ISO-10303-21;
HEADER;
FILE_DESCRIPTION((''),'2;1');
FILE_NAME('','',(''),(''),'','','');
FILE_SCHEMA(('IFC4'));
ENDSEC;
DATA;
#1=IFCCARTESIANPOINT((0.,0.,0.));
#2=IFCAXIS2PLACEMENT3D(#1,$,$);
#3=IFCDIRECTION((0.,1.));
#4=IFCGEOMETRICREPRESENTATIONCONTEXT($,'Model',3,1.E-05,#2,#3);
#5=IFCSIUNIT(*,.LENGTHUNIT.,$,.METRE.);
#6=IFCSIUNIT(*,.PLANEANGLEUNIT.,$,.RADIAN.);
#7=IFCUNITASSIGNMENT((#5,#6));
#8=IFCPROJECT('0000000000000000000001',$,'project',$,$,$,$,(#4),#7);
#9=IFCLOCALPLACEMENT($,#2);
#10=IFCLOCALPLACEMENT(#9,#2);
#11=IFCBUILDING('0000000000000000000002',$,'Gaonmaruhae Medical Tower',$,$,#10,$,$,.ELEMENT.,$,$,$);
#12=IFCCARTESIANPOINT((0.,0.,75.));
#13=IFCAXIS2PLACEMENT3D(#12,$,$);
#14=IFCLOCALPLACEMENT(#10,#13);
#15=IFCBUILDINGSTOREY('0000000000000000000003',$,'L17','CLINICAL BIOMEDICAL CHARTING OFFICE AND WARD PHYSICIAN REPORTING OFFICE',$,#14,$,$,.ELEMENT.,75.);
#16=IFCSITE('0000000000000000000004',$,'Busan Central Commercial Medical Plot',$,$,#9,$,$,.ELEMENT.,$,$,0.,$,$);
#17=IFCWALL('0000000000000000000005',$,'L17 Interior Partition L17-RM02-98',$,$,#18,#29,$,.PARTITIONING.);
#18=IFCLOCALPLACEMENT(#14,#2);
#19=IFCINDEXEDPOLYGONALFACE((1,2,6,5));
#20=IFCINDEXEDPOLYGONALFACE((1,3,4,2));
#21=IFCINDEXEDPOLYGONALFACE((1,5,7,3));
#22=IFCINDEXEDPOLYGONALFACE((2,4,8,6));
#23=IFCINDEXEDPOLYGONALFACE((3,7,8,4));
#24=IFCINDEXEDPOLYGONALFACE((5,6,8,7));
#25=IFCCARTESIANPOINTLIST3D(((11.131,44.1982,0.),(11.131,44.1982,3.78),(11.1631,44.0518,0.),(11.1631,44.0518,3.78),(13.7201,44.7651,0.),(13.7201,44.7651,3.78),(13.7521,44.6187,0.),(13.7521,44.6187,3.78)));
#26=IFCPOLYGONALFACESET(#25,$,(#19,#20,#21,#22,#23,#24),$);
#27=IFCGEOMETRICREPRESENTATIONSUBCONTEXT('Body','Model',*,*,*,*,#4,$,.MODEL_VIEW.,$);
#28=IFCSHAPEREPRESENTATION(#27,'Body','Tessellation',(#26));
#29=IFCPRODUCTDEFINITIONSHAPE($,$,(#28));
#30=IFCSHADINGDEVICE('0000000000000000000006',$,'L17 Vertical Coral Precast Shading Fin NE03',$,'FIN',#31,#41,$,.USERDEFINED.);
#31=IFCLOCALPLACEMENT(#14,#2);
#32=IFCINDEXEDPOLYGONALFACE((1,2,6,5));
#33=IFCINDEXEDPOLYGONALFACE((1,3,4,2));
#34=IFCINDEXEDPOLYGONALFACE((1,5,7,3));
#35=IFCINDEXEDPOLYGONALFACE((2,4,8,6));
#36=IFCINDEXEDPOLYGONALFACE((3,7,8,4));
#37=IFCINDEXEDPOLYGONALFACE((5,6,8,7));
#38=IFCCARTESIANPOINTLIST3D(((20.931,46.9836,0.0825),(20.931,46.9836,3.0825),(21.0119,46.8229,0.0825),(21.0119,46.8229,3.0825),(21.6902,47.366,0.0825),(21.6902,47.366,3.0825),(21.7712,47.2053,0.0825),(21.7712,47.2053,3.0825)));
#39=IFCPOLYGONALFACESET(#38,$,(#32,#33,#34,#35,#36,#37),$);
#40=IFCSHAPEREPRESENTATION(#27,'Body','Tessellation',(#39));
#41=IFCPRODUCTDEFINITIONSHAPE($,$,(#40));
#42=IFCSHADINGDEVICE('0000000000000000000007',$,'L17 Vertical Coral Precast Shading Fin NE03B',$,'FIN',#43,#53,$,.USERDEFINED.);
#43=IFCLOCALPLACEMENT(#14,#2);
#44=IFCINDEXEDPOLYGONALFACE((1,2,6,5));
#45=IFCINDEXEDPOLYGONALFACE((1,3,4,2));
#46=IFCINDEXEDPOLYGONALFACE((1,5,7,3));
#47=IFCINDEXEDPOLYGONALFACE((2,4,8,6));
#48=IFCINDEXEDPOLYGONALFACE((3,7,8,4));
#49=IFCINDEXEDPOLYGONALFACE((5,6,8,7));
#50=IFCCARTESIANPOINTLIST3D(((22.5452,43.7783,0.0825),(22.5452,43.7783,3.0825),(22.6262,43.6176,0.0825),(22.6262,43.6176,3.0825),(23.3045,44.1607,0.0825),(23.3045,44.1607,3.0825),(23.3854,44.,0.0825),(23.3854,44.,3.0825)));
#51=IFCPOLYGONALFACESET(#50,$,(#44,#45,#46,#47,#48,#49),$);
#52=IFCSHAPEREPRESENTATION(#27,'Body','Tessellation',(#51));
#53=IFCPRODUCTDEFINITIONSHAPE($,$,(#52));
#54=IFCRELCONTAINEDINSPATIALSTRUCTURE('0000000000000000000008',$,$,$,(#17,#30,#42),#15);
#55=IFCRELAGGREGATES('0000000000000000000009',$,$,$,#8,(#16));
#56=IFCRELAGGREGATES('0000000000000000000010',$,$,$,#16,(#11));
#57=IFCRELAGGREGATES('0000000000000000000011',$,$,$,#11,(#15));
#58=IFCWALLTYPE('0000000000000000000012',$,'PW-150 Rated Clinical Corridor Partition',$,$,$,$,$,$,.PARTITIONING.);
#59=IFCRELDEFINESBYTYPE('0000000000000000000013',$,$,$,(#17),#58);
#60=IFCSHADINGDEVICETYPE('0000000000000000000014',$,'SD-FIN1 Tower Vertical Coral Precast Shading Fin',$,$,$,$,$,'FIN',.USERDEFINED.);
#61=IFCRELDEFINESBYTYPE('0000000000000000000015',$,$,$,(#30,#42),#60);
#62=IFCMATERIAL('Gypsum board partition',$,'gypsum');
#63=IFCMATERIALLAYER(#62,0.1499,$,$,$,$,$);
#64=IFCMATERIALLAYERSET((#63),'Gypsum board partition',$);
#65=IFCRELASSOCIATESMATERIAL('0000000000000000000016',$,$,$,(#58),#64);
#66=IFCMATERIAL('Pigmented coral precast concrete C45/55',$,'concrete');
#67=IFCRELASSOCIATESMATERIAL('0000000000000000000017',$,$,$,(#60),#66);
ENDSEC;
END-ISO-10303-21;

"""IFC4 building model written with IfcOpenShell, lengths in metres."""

from ifc_helpers import new_model, si_unit, direction, frame, frame_2d, origin, origin_2d, place, context, subcontext, project, spatial, rectangle, extrude, material, layer, layer_set, type_object, element, save


model = new_model("IFC4")

# Units and contexts
model_context = context("Model", 3, precision=1e-05, world=origin(), true_north=direction((0.0, 1.0)))
body_context = subcontext(model_context, "Body", "Model", "MODEL_VIEW")
ifc_project = project(units=[si_unit("LENGTHUNIT", "METRE"), si_unit("PLANEANGLEUNIT", "RADIAN")], contexts=[model_context])

# Site, building, storey
site_placement = place(None, origin())
site = spatial("IfcSite", under=ifc_project, at=site_placement, Name="Busan Central Commercial Medical Plot", CompositionType="ELEMENT", RefElevation=0.0)
building_placement = place(site_placement, origin())
building = spatial("IfcBuilding", under=site, at=building_placement, Name="Gaonmaruhae Medical Tower", CompositionType="ELEMENT")
storey_placement = place(building_placement, frame((0.0, 0.0, 75.0)))
storey = spatial("IfcBuildingStorey", under=building, at=storey_placement, Name="L17", Description="CLINICAL BIOMEDICAL CHARTING OFFICE AND WARD PHYSICIAN REPORTING OFFICE", CompositionType="ELEMENT", Elevation=75.0)

# Shared definitions
ifc_material_1 = material(Name="Gypsum board partition", Category="gypsum")
ifc_layer_1 = layer(ifc_material_1, 0.1499)
ifc_layer_set_1 = layer_set([ifc_layer_1], Name="Gypsum board partition")
wall_type_1 = type_object("IfcWallType", Name="PW-150 Rated Clinical Corridor Partition", PredefinedType="PARTITIONING", material=ifc_layer_set_1)

# Wall
wall_1_placement = place(storey_placement, frame((13.7361, 44.6919, 0.0), z_axis=(0.0, 0.0, 1.0), x_axis=(-0.976859, -0.213886, 0.0)))
element("IfcWall", 1, at=wall_1_placement, inside=storey, type_object=wall_type_1, Name="L17 Interior Partition L17-RM02-98", PredefinedType="PARTITIONING", context=body_context, shape_type="SweptSolid", body=[
    extrude(rectangle(XDim=2.6504, YDim=0.1499, at=frame_2d((1.3252, 0.0))), origin(), (0.0, 0.0, 1.0), 3.78),
])

# Shading devices
ifc_material_2 = material(Name="Pigmented coral precast concrete C45/55", Category="concrete")
shading_device_type = type_object("IfcShadingDeviceType", Name="SD-FIN1 Tower Vertical Coral Precast Shading Fin", ElementType="FIN", PredefinedType="USERDEFINED", material=ifc_material_2)
for number, where, z_axis, x_axis, name in (
    (2, (21.3511, 47.0945, 0.0825), (0.0, 0.0, 1.0), (0.449818, -0.89312, 0.0), "L17 Vertical Coral Precast Shading Fin NE03"),
    (3, (22.9653, 43.8892, 0.0825), (0.0, 0.0, 1.0), (0.449818, -0.89312, 0.0), "L17 Vertical Coral Precast Shading Fin NE03B"),
):
    element("IfcShadingDevice", number, at=place(storey_placement, frame(where, z_axis=z_axis, x_axis=x_axis)), inside=storey, type_object=shading_device_type, Name=name, ObjectType="FIN", PredefinedType="USERDEFINED", context=body_context, shape_type="SweptSolid", body=[
        extrude(rectangle(XDim=0.1799, YDim=0.8501, at=origin_2d()), origin(), (0.0, 0.0, 1.0), 3.0),
    ])

save(model, "model.ifc")
